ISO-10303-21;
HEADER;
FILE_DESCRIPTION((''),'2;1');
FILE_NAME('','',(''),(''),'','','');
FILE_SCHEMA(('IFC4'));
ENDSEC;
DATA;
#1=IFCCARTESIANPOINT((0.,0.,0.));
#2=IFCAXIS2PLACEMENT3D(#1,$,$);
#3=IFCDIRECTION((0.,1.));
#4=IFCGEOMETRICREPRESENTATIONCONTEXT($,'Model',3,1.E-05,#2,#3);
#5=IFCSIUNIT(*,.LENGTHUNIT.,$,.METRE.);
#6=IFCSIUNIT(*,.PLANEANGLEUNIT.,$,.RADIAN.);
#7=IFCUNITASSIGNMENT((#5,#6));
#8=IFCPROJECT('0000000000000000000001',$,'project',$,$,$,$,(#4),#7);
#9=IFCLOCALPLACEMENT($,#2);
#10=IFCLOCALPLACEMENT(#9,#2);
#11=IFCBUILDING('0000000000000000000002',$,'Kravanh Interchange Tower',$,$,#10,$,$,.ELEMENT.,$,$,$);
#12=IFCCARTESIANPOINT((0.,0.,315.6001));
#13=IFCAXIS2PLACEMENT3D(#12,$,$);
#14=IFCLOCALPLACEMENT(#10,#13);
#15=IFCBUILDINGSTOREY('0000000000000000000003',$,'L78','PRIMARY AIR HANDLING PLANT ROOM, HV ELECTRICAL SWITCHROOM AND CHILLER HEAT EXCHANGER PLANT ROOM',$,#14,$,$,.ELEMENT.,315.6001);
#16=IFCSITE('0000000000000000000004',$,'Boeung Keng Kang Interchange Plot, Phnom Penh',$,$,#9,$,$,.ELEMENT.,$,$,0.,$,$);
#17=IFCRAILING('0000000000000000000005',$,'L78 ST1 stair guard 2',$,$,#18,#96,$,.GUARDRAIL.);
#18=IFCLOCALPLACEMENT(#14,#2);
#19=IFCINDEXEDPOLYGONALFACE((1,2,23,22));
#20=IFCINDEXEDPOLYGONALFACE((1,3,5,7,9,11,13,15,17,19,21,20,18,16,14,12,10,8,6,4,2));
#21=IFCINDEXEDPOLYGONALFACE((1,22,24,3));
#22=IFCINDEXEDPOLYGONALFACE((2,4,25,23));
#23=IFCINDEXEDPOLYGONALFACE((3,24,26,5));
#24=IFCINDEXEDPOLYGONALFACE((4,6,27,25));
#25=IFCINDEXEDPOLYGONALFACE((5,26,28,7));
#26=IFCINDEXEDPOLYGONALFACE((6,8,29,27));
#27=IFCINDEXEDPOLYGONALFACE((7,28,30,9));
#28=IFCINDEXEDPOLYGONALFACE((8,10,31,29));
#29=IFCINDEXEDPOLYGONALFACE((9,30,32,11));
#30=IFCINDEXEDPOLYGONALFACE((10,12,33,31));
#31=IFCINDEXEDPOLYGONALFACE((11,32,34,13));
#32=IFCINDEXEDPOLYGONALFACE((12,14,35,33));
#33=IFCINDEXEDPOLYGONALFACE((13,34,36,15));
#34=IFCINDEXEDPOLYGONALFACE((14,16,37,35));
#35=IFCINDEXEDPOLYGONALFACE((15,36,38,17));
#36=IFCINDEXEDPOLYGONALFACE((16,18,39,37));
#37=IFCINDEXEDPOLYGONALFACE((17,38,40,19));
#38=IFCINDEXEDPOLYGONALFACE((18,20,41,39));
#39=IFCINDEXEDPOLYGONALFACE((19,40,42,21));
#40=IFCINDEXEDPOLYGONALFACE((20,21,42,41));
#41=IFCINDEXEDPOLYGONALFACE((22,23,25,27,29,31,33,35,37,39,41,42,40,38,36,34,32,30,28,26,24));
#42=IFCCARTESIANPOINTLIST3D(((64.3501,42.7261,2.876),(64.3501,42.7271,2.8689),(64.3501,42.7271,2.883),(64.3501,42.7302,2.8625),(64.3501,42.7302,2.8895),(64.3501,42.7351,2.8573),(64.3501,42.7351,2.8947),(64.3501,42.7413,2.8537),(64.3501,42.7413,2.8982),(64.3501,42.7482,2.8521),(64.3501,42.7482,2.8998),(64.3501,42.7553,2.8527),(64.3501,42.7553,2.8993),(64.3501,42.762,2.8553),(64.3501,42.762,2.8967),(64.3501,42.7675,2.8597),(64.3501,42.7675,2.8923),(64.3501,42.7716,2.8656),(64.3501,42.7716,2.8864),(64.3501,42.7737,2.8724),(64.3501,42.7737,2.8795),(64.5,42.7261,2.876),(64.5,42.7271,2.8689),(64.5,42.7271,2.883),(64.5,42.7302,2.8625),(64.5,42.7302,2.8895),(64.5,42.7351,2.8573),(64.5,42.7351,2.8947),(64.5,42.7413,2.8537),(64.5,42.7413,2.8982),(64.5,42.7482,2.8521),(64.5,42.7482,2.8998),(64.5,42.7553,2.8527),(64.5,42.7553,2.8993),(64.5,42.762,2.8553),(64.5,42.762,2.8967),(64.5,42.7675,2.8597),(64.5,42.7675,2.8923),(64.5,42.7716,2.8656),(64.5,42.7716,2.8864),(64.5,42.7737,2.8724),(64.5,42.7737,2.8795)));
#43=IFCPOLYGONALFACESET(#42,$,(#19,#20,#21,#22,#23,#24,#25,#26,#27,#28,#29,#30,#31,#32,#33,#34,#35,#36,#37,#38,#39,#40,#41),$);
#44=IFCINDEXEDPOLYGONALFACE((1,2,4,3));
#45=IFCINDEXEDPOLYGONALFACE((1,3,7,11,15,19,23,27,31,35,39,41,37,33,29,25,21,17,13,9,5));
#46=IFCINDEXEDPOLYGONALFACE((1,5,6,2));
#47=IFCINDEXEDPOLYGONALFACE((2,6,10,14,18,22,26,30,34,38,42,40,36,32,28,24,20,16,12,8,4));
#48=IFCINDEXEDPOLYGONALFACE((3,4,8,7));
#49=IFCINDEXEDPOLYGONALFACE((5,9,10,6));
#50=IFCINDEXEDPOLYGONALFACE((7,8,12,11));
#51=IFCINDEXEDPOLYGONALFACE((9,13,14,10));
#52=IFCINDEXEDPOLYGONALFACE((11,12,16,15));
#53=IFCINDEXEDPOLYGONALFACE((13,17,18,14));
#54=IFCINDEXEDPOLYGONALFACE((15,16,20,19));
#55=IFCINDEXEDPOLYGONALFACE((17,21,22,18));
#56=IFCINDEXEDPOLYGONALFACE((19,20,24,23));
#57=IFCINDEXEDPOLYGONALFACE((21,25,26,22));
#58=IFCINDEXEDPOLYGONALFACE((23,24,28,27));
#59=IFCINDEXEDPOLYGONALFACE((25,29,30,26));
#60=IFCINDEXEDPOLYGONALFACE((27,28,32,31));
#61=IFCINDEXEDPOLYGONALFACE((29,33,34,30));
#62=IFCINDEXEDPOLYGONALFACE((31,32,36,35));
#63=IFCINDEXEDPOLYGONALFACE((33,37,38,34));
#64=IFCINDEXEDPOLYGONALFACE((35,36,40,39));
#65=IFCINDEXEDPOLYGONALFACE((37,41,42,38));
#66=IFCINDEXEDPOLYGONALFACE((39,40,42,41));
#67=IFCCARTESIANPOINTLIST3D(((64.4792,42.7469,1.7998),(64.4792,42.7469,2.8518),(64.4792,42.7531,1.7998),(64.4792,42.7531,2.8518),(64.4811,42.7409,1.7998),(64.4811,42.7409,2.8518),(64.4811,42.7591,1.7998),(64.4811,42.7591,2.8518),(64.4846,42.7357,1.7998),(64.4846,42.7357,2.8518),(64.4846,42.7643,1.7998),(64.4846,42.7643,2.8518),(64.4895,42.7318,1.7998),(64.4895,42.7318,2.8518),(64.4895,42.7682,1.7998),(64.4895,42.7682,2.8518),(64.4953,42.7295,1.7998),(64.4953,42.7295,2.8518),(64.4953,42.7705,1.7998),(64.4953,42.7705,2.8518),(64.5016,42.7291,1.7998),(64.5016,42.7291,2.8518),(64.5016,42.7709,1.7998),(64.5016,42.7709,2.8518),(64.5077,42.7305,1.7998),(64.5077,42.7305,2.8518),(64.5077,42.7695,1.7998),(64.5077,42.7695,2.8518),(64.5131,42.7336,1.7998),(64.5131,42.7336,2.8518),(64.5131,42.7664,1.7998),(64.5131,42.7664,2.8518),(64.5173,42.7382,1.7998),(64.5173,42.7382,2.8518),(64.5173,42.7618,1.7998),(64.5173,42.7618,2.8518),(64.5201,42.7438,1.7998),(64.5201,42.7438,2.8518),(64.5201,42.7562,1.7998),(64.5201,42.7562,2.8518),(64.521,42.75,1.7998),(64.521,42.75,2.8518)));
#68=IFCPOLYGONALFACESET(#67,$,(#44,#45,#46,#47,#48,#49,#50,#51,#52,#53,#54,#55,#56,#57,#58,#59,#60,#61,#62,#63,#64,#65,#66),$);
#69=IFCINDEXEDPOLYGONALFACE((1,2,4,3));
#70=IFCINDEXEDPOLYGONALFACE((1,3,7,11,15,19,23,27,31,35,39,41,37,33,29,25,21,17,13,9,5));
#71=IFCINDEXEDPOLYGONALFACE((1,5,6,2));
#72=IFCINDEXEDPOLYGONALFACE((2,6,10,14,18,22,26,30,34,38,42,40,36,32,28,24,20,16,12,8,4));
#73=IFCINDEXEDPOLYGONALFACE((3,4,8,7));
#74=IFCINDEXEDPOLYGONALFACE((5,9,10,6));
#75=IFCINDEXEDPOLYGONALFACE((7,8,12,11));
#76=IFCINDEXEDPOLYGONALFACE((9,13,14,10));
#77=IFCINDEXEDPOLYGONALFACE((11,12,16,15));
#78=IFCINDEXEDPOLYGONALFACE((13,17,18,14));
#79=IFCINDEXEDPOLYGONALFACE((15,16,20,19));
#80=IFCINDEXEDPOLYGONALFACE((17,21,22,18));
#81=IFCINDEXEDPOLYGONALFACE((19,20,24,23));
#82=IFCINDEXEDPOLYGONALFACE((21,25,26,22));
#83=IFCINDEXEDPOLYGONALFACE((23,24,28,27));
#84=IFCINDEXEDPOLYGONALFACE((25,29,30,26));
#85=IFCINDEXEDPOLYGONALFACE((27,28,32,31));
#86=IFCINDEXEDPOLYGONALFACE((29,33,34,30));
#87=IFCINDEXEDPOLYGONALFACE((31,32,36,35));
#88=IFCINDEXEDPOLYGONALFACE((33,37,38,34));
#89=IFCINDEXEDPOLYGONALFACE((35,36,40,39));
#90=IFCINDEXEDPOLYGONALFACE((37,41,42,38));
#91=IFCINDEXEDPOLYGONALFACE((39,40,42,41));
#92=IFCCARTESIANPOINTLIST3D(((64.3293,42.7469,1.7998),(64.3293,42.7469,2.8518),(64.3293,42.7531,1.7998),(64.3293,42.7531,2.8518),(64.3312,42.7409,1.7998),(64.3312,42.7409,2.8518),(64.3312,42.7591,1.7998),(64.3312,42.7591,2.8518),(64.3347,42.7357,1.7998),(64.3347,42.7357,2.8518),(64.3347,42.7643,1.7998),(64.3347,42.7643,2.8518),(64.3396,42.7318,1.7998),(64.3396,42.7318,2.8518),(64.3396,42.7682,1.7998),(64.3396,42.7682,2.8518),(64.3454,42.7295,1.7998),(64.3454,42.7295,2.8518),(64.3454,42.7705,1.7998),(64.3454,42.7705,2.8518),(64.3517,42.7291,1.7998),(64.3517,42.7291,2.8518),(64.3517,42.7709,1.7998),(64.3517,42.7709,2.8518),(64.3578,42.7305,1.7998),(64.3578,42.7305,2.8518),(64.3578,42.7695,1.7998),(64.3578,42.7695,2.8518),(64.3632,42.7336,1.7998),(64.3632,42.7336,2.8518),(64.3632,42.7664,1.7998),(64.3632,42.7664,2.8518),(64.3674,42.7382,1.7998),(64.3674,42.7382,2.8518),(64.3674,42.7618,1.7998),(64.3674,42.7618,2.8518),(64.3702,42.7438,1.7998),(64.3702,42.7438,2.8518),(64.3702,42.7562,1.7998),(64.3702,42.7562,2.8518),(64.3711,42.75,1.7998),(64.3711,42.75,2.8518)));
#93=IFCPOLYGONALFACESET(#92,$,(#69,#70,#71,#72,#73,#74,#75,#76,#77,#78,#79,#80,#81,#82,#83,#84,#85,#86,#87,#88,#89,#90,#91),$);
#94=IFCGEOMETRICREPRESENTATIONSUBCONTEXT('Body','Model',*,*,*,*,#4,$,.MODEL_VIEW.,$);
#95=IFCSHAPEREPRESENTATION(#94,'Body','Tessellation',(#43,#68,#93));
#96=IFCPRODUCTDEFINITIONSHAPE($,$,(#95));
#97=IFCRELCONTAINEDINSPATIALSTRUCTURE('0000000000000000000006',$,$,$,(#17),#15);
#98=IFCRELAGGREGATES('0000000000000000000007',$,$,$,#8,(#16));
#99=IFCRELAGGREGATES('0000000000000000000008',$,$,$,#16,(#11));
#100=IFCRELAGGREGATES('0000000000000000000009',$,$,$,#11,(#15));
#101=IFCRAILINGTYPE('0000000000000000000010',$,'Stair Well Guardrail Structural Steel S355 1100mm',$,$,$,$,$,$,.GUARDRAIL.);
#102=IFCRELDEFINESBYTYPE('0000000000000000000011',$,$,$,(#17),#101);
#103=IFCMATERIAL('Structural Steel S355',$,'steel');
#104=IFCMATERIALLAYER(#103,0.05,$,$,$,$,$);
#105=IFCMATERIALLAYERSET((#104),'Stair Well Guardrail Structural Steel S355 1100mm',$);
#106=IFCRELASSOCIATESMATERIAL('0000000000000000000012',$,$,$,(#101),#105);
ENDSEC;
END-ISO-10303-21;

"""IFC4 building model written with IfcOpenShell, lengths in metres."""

from ifc_helpers import new_model, si_unit, direction, frame, origin, origin_2d, place, context, subcontext, project, spatial, circle, extrude, material, layer, layer_set, type_object, element, save


model = new_model("IFC4")

# Units and contexts
model_context = context("Model", 3, precision=1e-05, world=origin(), true_north=direction((0.0, 1.0)))
body_context = subcontext(model_context, "Body", "Model", "MODEL_VIEW")
ifc_project = project(units=[si_unit("LENGTHUNIT", "METRE"), si_unit("PLANEANGLEUNIT", "RADIAN")], contexts=[model_context])

# Site, building, storey
site_placement = place(None, origin())
site = spatial("IfcSite", under=ifc_project, at=site_placement, Name="Boeung Keng Kang Interchange Plot, Phnom Penh", CompositionType="ELEMENT", RefElevation=0.0)
building_placement = place(site_placement, origin())
building = spatial("IfcBuilding", under=site, at=building_placement, Name="Kravanh Interchange Tower", CompositionType="ELEMENT")
storey_placement = place(building_placement, frame((0.0, 0.0, 315.6001)))
storey = spatial("IfcBuildingStorey", under=building, at=storey_placement, Name="L78", Description="PRIMARY AIR HANDLING PLANT ROOM, HV ELECTRICAL SWITCHROOM AND CHILLER HEAT EXCHANGER PLANT ROOM", CompositionType="ELEMENT", Elevation=315.6001)

# Railing
ifc_material_1 = material(Name="Structural Steel S355", Category="steel")
ifc_layer_1 = layer(ifc_material_1, 0.05)
ifc_layer_set_1 = layer_set([ifc_layer_1], Name="Stair Well Guardrail Structural Steel S355 1100mm")
railing_type_1 = type_object("IfcRailingType", Name="Stair Well Guardrail Structural Steel S355 1100mm", PredefinedType="GUARDRAIL", material=ifc_layer_set_1)
railing_1_placement = place(storey_placement, frame((64.5, 42.75, 1.7998)))
element("IfcRailing", 1, at=railing_1_placement, inside=storey, type_object=railing_type_1, Name="L78 ST1 stair guard 2", PredefinedType="GUARDRAIL", context=body_context, shape_type="SweptSolid", body=[
    extrude(circle(Radius=0.0239, at=origin_2d()), frame((0.0, 0.0, 1.0762), z_axis=(-1.0, 0.0, 0.0), x_axis=(0.0, -1.0, 0.0)), (0.0, 0.0, 1.0), 0.1499),
    extrude(circle(Radius=0.021, at=origin_2d()), origin(), (0.0, 0.0, 1.0), 1.052),
    extrude(circle(Radius=0.021, at=origin_2d()), frame((-0.1499, 0.0, 0.0)), (0.0, 0.0, 1.0), 1.052),
])

save(model, "model.ifc")
